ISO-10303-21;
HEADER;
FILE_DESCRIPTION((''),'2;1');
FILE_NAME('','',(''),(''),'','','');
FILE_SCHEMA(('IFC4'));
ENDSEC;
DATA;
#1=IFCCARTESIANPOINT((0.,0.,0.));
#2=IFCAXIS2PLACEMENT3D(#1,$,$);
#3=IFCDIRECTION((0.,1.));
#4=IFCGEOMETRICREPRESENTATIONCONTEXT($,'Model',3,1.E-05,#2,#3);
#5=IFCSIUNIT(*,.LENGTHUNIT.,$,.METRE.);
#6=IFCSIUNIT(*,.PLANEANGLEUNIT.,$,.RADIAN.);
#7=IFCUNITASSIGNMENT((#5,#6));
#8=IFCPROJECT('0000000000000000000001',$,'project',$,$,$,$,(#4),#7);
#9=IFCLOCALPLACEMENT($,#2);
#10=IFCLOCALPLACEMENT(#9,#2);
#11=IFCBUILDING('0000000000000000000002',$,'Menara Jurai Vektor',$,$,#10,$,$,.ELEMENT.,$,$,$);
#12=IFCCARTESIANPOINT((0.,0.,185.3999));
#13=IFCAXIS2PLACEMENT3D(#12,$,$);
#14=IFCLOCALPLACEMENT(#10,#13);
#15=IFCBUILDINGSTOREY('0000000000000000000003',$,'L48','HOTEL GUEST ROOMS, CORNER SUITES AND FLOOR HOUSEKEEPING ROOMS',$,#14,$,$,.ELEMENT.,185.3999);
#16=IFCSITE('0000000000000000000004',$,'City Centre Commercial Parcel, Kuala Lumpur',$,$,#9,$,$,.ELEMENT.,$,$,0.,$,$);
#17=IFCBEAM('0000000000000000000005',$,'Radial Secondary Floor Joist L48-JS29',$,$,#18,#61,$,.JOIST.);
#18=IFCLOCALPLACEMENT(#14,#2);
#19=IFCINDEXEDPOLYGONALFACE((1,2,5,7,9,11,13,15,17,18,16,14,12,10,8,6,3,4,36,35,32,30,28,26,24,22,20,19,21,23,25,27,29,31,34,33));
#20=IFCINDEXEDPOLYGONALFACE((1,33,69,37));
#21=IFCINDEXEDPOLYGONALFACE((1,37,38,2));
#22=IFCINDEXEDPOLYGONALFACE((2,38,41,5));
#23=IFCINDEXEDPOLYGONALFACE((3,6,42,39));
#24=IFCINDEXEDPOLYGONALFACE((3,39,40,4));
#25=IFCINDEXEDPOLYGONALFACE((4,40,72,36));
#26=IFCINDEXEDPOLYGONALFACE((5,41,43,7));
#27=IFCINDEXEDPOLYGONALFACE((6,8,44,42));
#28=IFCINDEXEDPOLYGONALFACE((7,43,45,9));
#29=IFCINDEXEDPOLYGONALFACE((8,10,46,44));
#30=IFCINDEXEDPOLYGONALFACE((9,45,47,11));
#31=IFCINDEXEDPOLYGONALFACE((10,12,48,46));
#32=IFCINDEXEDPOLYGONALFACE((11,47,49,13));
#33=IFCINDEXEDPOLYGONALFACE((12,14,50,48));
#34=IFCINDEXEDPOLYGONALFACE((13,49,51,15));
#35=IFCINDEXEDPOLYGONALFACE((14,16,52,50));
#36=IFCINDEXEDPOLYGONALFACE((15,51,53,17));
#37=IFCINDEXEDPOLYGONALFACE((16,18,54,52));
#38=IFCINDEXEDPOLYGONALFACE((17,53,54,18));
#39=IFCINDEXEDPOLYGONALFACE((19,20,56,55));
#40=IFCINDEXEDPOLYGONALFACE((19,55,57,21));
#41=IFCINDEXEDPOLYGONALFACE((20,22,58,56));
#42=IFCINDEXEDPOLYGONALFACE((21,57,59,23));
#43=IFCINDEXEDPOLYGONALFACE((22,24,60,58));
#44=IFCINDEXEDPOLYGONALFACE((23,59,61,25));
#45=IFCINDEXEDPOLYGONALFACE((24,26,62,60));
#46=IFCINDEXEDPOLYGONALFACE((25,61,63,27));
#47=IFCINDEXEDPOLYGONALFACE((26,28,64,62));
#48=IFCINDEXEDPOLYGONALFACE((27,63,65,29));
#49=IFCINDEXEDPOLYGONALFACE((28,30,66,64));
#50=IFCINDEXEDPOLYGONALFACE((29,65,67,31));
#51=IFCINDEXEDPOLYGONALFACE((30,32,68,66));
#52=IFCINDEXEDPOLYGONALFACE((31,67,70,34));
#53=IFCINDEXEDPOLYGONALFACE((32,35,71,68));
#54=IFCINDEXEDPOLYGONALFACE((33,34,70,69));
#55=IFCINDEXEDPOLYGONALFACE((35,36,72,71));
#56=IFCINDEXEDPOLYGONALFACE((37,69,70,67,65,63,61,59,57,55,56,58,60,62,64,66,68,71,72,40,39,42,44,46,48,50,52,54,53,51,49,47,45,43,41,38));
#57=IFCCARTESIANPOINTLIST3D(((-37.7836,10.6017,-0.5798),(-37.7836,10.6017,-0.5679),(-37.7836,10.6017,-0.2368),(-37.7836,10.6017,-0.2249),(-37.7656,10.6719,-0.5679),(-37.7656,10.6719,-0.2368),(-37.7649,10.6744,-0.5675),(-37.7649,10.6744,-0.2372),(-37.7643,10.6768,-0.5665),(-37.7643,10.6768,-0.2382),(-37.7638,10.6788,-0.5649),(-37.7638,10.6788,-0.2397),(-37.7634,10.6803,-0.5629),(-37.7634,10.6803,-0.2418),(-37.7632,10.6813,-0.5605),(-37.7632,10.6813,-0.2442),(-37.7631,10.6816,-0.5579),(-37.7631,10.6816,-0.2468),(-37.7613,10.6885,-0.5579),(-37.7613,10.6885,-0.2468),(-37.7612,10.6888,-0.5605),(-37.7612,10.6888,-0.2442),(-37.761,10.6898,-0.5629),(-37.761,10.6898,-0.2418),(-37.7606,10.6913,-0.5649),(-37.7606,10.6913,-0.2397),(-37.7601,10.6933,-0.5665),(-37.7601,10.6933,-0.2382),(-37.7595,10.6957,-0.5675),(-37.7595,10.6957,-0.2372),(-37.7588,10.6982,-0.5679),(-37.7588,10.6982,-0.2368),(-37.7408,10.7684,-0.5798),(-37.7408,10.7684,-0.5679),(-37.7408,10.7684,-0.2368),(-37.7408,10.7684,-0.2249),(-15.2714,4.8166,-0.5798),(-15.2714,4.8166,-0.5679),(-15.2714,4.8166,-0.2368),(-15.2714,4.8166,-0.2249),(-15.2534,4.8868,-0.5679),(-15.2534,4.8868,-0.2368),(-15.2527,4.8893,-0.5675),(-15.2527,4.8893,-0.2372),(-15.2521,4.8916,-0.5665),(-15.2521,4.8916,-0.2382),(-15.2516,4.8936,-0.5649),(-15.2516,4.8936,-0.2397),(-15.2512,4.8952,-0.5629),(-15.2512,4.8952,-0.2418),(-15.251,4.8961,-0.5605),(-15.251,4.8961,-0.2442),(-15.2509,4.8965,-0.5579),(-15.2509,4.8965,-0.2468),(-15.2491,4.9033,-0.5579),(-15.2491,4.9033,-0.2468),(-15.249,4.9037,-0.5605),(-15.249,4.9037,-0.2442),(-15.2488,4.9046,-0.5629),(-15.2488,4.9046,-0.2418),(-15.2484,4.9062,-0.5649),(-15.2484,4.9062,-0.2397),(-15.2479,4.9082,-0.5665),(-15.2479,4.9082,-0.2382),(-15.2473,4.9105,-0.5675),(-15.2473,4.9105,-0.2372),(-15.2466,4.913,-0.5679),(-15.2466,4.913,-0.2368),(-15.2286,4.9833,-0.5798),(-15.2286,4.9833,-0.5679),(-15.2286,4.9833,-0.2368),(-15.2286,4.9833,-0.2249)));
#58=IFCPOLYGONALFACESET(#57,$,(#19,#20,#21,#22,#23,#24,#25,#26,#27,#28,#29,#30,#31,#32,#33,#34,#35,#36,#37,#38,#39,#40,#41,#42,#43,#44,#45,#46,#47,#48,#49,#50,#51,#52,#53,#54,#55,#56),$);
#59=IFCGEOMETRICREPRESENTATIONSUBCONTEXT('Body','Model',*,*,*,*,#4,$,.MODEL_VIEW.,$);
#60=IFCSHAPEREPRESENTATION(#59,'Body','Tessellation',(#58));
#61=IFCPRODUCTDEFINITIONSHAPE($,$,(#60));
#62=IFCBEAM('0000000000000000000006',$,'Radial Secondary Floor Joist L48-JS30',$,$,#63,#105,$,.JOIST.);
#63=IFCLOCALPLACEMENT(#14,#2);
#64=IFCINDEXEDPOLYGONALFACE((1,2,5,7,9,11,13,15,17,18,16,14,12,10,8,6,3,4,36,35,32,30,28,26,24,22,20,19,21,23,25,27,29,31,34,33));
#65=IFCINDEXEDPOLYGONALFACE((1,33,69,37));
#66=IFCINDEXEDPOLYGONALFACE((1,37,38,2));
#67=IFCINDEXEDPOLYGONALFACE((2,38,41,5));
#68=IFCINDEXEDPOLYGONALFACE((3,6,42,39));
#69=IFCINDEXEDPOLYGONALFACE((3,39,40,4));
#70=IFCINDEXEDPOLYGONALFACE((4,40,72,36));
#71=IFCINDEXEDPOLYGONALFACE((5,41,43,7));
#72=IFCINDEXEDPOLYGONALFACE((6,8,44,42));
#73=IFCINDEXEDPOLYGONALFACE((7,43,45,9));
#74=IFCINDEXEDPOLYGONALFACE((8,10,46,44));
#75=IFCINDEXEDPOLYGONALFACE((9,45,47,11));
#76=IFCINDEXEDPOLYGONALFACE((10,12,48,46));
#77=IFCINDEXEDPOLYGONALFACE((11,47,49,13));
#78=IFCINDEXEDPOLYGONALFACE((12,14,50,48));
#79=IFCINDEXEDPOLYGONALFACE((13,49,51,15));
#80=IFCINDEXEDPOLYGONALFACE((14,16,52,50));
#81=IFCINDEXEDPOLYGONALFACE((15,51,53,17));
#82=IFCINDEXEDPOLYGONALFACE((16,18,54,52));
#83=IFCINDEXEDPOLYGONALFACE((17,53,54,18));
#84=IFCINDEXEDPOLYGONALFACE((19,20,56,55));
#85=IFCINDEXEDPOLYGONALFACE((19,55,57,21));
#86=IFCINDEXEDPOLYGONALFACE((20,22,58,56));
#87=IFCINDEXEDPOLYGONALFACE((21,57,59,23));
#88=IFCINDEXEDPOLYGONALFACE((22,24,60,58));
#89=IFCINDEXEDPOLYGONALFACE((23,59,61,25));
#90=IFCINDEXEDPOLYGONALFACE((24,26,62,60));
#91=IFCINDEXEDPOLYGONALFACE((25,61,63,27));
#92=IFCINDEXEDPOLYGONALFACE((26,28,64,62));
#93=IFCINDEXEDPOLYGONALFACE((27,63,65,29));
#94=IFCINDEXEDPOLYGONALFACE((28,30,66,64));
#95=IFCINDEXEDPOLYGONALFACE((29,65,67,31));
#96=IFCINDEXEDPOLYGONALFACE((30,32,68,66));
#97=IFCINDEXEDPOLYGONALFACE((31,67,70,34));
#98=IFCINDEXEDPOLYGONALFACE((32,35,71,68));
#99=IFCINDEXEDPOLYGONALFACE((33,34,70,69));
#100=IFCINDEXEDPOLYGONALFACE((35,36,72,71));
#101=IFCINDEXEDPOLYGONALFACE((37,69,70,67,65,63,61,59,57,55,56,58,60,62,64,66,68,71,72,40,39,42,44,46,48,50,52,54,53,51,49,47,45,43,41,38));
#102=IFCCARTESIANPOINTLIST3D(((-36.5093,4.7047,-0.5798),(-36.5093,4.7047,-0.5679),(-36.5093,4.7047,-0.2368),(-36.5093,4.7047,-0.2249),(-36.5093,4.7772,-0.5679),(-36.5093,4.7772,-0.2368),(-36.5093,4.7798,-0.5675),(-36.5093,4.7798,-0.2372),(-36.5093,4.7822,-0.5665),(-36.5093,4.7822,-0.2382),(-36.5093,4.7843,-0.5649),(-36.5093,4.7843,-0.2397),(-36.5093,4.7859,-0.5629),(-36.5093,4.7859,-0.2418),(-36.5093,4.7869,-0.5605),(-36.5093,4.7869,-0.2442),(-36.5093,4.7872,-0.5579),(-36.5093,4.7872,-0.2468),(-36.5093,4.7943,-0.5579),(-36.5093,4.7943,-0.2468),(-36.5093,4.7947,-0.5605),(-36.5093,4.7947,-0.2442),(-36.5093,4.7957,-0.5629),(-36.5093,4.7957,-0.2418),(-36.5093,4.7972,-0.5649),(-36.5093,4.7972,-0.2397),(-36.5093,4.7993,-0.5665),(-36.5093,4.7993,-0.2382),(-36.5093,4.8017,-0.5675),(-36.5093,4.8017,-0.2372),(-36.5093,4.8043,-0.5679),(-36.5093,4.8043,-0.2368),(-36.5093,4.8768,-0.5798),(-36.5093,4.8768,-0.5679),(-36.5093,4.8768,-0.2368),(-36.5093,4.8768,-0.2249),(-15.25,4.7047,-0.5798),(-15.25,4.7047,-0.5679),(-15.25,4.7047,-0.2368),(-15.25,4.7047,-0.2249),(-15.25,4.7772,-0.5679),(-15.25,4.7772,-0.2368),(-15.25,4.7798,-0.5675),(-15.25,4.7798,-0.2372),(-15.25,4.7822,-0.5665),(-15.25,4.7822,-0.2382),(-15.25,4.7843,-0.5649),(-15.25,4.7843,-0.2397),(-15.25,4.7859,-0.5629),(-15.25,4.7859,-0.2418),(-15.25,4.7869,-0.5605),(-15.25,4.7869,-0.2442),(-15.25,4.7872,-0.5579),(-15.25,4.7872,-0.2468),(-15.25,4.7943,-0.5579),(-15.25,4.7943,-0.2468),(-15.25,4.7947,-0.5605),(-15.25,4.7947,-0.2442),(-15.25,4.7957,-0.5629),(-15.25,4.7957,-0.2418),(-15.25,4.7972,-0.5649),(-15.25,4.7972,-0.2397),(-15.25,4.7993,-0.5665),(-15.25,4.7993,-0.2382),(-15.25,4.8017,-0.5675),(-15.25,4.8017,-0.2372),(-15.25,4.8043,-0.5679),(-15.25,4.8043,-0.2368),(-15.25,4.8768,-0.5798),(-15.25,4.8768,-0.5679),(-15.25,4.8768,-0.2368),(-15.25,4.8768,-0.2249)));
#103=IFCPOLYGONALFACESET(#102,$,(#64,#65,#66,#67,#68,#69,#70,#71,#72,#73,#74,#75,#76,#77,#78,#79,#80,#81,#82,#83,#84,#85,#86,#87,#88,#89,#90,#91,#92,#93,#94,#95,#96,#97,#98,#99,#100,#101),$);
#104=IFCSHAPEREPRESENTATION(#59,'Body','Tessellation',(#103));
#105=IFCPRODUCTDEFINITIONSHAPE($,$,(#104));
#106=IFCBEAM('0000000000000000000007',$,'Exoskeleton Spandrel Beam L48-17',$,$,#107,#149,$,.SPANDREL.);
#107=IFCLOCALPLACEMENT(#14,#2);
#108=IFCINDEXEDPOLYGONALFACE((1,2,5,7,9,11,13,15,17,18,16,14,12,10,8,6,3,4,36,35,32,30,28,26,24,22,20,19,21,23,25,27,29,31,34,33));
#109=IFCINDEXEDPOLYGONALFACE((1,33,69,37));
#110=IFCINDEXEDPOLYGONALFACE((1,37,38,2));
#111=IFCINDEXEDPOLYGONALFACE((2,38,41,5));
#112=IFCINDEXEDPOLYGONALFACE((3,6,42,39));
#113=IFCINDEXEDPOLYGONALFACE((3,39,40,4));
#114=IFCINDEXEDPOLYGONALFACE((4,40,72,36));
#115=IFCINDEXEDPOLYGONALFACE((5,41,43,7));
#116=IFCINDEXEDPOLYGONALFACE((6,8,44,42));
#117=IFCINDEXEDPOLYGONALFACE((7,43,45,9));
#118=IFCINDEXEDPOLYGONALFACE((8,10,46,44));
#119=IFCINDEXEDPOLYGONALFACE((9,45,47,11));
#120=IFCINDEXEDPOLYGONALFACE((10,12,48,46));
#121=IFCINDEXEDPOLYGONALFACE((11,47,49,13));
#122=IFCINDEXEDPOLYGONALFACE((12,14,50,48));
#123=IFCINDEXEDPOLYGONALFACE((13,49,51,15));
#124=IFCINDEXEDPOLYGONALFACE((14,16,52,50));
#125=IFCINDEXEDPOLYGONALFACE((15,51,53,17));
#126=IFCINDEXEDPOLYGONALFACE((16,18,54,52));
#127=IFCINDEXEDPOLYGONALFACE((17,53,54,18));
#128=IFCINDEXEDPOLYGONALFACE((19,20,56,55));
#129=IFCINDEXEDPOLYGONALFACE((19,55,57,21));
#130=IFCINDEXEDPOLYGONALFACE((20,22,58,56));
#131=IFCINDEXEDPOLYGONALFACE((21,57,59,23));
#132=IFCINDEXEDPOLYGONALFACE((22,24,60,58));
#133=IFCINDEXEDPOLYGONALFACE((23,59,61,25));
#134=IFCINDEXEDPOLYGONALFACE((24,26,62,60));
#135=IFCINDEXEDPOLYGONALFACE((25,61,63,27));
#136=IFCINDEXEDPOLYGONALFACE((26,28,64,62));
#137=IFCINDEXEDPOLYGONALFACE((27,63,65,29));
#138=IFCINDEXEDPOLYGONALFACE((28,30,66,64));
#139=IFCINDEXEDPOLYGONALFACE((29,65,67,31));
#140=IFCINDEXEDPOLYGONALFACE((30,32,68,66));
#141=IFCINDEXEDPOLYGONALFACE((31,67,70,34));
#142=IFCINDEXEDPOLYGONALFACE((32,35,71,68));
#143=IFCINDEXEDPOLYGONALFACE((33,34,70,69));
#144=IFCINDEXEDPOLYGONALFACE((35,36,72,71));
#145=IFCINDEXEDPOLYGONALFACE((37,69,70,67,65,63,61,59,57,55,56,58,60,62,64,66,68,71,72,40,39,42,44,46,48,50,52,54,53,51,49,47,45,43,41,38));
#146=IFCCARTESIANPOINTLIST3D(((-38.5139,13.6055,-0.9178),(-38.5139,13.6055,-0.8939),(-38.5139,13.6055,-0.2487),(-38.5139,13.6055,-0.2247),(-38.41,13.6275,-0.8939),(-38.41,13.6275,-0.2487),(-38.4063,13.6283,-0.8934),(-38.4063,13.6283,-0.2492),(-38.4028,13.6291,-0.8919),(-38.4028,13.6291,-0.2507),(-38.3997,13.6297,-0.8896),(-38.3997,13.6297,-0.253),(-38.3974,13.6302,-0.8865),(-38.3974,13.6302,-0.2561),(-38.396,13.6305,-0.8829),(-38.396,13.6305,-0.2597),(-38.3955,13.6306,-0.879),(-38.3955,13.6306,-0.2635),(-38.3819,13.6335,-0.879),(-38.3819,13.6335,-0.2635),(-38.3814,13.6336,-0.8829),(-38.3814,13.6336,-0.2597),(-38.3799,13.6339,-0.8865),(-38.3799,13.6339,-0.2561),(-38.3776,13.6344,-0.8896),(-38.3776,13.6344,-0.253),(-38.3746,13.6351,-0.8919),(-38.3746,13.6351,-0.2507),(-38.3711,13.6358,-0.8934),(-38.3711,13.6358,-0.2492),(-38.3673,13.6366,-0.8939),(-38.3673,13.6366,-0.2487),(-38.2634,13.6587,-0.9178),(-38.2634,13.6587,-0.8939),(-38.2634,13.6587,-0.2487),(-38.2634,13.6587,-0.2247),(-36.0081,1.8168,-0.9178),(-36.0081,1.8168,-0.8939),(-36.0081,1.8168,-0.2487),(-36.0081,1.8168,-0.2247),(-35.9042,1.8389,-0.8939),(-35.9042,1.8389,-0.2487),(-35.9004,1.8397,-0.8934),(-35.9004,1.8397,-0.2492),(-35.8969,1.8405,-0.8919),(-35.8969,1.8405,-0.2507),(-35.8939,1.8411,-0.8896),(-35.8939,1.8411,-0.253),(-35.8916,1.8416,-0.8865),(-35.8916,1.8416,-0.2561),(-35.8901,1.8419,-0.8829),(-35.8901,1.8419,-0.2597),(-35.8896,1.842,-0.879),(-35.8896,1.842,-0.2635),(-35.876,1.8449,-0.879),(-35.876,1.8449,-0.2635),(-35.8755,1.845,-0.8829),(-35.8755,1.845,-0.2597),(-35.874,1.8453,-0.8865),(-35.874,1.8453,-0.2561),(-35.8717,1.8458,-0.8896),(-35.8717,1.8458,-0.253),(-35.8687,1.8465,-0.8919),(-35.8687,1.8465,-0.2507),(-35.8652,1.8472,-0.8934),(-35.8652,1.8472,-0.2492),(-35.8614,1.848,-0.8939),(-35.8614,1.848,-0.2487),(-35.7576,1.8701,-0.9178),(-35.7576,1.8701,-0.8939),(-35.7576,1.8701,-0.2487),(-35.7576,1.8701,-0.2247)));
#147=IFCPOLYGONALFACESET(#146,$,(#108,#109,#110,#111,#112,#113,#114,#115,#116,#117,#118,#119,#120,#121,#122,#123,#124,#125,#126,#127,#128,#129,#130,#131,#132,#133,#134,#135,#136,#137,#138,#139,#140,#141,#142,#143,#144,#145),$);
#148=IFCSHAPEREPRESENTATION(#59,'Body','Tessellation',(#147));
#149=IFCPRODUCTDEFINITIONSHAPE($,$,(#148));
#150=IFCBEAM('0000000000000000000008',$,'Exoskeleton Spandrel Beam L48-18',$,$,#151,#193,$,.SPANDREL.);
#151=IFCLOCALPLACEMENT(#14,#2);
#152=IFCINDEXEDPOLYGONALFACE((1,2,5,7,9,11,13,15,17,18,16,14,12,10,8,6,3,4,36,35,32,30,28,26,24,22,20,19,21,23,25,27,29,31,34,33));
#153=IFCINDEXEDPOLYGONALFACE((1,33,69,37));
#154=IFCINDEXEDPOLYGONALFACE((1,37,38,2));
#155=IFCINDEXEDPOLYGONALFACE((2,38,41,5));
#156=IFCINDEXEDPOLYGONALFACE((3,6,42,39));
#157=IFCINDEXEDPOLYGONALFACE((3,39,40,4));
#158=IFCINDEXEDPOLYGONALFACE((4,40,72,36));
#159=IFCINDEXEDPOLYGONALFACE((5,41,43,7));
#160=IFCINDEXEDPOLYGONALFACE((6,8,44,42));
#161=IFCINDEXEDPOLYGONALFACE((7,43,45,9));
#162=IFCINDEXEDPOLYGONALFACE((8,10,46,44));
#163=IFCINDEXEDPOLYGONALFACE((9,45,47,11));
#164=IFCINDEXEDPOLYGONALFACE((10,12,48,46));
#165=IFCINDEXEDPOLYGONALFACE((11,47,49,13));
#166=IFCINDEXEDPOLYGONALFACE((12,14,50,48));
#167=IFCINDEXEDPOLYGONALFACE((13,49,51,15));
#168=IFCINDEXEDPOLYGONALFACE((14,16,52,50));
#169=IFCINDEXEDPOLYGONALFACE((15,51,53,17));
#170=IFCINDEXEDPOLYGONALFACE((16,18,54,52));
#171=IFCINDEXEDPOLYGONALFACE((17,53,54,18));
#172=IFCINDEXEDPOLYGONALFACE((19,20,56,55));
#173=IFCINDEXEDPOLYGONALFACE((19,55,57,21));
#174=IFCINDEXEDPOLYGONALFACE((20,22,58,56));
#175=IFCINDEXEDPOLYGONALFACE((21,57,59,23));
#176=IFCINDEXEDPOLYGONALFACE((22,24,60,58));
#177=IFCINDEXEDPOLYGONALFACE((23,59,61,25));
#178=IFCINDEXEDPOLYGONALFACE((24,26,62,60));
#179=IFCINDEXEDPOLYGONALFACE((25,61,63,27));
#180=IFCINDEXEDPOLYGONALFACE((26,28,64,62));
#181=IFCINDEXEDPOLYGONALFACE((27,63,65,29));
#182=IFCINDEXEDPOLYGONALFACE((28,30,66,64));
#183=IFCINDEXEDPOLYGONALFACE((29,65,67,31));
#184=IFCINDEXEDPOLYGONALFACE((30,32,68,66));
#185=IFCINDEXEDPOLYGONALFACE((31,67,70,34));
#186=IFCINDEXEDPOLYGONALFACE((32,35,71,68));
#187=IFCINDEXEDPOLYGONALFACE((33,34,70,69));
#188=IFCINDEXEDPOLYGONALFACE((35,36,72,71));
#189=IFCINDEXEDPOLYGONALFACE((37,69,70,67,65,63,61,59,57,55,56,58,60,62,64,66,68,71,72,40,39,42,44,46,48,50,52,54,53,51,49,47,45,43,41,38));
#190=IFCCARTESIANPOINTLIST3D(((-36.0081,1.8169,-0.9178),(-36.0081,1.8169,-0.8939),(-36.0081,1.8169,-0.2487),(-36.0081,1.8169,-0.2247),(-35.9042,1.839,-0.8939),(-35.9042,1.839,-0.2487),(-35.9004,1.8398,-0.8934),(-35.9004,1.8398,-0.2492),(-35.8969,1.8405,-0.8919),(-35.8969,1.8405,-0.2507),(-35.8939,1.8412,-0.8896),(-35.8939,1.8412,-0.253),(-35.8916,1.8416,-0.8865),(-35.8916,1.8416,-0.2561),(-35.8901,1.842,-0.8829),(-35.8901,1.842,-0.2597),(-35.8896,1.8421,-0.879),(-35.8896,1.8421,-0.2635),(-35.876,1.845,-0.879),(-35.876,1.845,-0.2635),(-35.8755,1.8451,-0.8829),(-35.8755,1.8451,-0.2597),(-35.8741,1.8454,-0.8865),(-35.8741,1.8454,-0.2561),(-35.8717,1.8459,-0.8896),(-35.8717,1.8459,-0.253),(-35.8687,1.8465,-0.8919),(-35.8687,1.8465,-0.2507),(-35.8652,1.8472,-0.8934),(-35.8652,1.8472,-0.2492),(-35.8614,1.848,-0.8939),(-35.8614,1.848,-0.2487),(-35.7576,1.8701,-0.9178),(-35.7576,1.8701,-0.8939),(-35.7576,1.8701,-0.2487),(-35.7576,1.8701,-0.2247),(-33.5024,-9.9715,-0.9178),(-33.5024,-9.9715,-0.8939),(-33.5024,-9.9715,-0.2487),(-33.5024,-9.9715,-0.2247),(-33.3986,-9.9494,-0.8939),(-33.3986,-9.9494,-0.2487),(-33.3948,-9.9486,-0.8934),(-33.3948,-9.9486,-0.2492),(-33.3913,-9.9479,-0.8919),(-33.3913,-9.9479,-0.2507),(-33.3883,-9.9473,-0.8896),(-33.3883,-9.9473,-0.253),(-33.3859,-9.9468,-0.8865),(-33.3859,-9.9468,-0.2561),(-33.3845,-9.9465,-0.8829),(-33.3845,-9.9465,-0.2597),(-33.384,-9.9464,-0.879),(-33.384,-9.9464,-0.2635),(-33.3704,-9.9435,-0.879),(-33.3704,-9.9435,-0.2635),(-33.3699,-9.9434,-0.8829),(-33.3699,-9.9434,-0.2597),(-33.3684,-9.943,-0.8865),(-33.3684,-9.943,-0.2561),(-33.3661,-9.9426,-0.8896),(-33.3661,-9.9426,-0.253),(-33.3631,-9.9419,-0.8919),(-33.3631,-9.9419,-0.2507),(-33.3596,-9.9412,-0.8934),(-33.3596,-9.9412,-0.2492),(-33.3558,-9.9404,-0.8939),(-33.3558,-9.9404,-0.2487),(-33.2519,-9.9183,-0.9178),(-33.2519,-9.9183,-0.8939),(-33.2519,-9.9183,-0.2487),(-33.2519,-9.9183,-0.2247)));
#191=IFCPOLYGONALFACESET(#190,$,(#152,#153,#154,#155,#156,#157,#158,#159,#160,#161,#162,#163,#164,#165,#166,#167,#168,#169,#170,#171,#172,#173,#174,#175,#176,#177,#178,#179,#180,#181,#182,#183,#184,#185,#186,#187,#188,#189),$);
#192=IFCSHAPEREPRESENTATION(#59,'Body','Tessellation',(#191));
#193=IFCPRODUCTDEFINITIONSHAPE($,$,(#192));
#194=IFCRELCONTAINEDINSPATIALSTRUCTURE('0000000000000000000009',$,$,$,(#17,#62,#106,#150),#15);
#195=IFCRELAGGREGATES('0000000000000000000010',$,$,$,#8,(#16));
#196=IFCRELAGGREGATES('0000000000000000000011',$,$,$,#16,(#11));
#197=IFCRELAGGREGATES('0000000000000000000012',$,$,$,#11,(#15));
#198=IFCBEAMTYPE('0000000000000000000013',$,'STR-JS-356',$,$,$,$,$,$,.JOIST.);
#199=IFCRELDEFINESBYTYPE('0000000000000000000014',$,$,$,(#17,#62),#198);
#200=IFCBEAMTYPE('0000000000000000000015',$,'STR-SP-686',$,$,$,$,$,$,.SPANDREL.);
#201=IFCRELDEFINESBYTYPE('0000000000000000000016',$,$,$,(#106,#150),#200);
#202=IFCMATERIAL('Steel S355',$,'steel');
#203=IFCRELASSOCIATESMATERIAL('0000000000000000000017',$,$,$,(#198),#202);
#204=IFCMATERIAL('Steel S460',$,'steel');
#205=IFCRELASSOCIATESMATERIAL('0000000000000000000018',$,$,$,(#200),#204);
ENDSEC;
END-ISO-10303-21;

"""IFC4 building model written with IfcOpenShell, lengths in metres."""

from ifc_helpers import new_model, si_unit, direction, frame, origin, origin_2d, place, context, subcontext, project, spatial, i_section, extrude, material, material_profile, profile_set, type_object, element, save


model = new_model("IFC4")

# Units and contexts
model_context = context("Model", 3, precision=1e-05, world=origin(), true_north=direction((0.0, 1.0)))
body_context = subcontext(model_context, "Body", "Model", "MODEL_VIEW")
ifc_project = project(units=[si_unit("LENGTHUNIT", "METRE"), si_unit("PLANEANGLEUNIT", "RADIAN")], contexts=[model_context])

# Site, building, storey
site_placement = place(None, origin())
site = spatial("IfcSite", under=ifc_project, at=site_placement, Name="City Centre Commercial Parcel, Kuala Lumpur", CompositionType="ELEMENT", RefElevation=0.0)
building_placement = place(site_placement, origin())
building = spatial("IfcBuilding", under=site, at=building_placement, Name="Menara Jurai Vektor", CompositionType="ELEMENT")
storey_placement = place(building_placement, frame((0.0, 0.0, 185.3999)))
storey = spatial("IfcBuildingStorey", under=building, at=storey_placement, Name="L48", Description="HOTEL GUEST ROOMS, CORNER SUITES AND FLOOR HOUSEKEEPING ROOMS", CompositionType="ELEMENT", Elevation=185.3999)

# Shared definitions
ifc_material_1 = material(Name="Steel S460", Category="steel")

# Shared definitions
ifc_material_2 = material(Name="Steel S355", Category="steel")

# Beams
ifc_material_profile_1 = material_profile(ifc_material_2, i_section(OverallWidth=0.1721, OverallDepth=0.355, WebThickness=0.0071, FlangeThickness=0.012, FilletRadius=0.01, at=origin_2d()), Name="UKB 356x171x51")
ifc_profile_set_1 = profile_set([ifc_material_profile_1], Name="Steel S355")
beam_type_1 = type_object("IfcBeamType", Name="STR-JS-356", PredefinedType="JOIST", material=ifc_profile_set_1)
beam_1_placement = place(storey_placement, frame((-37.7622, 10.6851, -0.4023), z_axis=(0.968531, -0.248892, 0.0), x_axis=(0.248892, 0.968531, 0.0)))
element("IfcBeam", 1, at=beam_1_placement, inside=storey, type_object=beam_type_1, Name="Radial Secondary Floor Joist L48-JS29", PredefinedType="JOIST", context=body_context, shape_type="SweptSolid", body=[
    extrude(i_section(OverallWidth=0.1721, OverallDepth=0.355, WebThickness=0.0071, FlangeThickness=0.012, FilletRadius=0.01, at=origin_2d()), origin(), (0.0, 0.0, 1.0), 23.2437),
])
beam_2_placement = place(storey_placement, frame((-36.5093, 4.7908, -0.4023), z_axis=(1.0, 0.0, 0.0), x_axis=(0.0, 1.0, 0.0)))
element("IfcBeam", 2, at=beam_2_placement, inside=storey, type_object=beam_type_1, Name="Radial Secondary Floor Joist L48-JS30", PredefinedType="JOIST", context=body_context, shape_type="SweptSolid", body=[
    extrude(i_section(OverallWidth=0.1721, OverallDepth=0.355, WebThickness=0.0071, FlangeThickness=0.012, FilletRadius=0.01, at=origin_2d()), origin(), (0.0, 0.0, 1.0), 21.2593),
])
ifc_material_profile_2 = material_profile(ifc_material_1, i_section(OverallWidth=0.2561, OverallDepth=0.6931, WebThickness=0.0139, FlangeThickness=0.0239, FilletRadius=0.0149, at=origin_2d()), Name="UKB 686x254x170")
ifc_profile_set_2 = profile_set([ifc_material_profile_2], Name="Steel S460")
beam_type_2 = type_object("IfcBeamType", Name="STR-SP-686", PredefinedType="SPANDREL", material=ifc_profile_set_2)
beam_3_placement = place(storey_placement, frame((-38.3887, 13.6321, -0.5713), z_axis=(0.207921, -0.978146, 0.0), x_axis=(0.978146, 0.207921, 0.0)))
element("IfcBeam", 3, at=beam_3_placement, inside=storey, type_object=beam_type_2, Name="Exoskeleton Spandrel Beam L48-17", PredefinedType="SPANDREL", context=body_context, shape_type="SweptSolid", body=[
    extrude(i_section(OverallWidth=0.2561, OverallDepth=0.6931, WebThickness=0.0139, FlangeThickness=0.0239, FilletRadius=0.0149, at=origin_2d()), origin(), (0.0, 0.0, 1.0), 12.052),
])
beam_4_placement = place(storey_placement, frame((-35.8828, 1.8435, -0.5713), z_axis=(0.207906, -0.978149, 0.0), x_axis=(0.978149, 0.207906, 0.0)))
element("IfcBeam", 4, at=beam_4_placement, inside=storey, type_object=beam_type_2, Name="Exoskeleton Spandrel Beam L48-18", PredefinedType="SPANDREL", context=body_context, shape_type="SweptSolid", body=[
    extrude(i_section(OverallWidth=0.2561, OverallDepth=0.6931, WebThickness=0.0139, FlangeThickness=0.0239, FilletRadius=0.0149, at=origin_2d()), origin(), (0.0, 0.0, 1.0), 12.0518),
])

save(model, "model.ifc")
